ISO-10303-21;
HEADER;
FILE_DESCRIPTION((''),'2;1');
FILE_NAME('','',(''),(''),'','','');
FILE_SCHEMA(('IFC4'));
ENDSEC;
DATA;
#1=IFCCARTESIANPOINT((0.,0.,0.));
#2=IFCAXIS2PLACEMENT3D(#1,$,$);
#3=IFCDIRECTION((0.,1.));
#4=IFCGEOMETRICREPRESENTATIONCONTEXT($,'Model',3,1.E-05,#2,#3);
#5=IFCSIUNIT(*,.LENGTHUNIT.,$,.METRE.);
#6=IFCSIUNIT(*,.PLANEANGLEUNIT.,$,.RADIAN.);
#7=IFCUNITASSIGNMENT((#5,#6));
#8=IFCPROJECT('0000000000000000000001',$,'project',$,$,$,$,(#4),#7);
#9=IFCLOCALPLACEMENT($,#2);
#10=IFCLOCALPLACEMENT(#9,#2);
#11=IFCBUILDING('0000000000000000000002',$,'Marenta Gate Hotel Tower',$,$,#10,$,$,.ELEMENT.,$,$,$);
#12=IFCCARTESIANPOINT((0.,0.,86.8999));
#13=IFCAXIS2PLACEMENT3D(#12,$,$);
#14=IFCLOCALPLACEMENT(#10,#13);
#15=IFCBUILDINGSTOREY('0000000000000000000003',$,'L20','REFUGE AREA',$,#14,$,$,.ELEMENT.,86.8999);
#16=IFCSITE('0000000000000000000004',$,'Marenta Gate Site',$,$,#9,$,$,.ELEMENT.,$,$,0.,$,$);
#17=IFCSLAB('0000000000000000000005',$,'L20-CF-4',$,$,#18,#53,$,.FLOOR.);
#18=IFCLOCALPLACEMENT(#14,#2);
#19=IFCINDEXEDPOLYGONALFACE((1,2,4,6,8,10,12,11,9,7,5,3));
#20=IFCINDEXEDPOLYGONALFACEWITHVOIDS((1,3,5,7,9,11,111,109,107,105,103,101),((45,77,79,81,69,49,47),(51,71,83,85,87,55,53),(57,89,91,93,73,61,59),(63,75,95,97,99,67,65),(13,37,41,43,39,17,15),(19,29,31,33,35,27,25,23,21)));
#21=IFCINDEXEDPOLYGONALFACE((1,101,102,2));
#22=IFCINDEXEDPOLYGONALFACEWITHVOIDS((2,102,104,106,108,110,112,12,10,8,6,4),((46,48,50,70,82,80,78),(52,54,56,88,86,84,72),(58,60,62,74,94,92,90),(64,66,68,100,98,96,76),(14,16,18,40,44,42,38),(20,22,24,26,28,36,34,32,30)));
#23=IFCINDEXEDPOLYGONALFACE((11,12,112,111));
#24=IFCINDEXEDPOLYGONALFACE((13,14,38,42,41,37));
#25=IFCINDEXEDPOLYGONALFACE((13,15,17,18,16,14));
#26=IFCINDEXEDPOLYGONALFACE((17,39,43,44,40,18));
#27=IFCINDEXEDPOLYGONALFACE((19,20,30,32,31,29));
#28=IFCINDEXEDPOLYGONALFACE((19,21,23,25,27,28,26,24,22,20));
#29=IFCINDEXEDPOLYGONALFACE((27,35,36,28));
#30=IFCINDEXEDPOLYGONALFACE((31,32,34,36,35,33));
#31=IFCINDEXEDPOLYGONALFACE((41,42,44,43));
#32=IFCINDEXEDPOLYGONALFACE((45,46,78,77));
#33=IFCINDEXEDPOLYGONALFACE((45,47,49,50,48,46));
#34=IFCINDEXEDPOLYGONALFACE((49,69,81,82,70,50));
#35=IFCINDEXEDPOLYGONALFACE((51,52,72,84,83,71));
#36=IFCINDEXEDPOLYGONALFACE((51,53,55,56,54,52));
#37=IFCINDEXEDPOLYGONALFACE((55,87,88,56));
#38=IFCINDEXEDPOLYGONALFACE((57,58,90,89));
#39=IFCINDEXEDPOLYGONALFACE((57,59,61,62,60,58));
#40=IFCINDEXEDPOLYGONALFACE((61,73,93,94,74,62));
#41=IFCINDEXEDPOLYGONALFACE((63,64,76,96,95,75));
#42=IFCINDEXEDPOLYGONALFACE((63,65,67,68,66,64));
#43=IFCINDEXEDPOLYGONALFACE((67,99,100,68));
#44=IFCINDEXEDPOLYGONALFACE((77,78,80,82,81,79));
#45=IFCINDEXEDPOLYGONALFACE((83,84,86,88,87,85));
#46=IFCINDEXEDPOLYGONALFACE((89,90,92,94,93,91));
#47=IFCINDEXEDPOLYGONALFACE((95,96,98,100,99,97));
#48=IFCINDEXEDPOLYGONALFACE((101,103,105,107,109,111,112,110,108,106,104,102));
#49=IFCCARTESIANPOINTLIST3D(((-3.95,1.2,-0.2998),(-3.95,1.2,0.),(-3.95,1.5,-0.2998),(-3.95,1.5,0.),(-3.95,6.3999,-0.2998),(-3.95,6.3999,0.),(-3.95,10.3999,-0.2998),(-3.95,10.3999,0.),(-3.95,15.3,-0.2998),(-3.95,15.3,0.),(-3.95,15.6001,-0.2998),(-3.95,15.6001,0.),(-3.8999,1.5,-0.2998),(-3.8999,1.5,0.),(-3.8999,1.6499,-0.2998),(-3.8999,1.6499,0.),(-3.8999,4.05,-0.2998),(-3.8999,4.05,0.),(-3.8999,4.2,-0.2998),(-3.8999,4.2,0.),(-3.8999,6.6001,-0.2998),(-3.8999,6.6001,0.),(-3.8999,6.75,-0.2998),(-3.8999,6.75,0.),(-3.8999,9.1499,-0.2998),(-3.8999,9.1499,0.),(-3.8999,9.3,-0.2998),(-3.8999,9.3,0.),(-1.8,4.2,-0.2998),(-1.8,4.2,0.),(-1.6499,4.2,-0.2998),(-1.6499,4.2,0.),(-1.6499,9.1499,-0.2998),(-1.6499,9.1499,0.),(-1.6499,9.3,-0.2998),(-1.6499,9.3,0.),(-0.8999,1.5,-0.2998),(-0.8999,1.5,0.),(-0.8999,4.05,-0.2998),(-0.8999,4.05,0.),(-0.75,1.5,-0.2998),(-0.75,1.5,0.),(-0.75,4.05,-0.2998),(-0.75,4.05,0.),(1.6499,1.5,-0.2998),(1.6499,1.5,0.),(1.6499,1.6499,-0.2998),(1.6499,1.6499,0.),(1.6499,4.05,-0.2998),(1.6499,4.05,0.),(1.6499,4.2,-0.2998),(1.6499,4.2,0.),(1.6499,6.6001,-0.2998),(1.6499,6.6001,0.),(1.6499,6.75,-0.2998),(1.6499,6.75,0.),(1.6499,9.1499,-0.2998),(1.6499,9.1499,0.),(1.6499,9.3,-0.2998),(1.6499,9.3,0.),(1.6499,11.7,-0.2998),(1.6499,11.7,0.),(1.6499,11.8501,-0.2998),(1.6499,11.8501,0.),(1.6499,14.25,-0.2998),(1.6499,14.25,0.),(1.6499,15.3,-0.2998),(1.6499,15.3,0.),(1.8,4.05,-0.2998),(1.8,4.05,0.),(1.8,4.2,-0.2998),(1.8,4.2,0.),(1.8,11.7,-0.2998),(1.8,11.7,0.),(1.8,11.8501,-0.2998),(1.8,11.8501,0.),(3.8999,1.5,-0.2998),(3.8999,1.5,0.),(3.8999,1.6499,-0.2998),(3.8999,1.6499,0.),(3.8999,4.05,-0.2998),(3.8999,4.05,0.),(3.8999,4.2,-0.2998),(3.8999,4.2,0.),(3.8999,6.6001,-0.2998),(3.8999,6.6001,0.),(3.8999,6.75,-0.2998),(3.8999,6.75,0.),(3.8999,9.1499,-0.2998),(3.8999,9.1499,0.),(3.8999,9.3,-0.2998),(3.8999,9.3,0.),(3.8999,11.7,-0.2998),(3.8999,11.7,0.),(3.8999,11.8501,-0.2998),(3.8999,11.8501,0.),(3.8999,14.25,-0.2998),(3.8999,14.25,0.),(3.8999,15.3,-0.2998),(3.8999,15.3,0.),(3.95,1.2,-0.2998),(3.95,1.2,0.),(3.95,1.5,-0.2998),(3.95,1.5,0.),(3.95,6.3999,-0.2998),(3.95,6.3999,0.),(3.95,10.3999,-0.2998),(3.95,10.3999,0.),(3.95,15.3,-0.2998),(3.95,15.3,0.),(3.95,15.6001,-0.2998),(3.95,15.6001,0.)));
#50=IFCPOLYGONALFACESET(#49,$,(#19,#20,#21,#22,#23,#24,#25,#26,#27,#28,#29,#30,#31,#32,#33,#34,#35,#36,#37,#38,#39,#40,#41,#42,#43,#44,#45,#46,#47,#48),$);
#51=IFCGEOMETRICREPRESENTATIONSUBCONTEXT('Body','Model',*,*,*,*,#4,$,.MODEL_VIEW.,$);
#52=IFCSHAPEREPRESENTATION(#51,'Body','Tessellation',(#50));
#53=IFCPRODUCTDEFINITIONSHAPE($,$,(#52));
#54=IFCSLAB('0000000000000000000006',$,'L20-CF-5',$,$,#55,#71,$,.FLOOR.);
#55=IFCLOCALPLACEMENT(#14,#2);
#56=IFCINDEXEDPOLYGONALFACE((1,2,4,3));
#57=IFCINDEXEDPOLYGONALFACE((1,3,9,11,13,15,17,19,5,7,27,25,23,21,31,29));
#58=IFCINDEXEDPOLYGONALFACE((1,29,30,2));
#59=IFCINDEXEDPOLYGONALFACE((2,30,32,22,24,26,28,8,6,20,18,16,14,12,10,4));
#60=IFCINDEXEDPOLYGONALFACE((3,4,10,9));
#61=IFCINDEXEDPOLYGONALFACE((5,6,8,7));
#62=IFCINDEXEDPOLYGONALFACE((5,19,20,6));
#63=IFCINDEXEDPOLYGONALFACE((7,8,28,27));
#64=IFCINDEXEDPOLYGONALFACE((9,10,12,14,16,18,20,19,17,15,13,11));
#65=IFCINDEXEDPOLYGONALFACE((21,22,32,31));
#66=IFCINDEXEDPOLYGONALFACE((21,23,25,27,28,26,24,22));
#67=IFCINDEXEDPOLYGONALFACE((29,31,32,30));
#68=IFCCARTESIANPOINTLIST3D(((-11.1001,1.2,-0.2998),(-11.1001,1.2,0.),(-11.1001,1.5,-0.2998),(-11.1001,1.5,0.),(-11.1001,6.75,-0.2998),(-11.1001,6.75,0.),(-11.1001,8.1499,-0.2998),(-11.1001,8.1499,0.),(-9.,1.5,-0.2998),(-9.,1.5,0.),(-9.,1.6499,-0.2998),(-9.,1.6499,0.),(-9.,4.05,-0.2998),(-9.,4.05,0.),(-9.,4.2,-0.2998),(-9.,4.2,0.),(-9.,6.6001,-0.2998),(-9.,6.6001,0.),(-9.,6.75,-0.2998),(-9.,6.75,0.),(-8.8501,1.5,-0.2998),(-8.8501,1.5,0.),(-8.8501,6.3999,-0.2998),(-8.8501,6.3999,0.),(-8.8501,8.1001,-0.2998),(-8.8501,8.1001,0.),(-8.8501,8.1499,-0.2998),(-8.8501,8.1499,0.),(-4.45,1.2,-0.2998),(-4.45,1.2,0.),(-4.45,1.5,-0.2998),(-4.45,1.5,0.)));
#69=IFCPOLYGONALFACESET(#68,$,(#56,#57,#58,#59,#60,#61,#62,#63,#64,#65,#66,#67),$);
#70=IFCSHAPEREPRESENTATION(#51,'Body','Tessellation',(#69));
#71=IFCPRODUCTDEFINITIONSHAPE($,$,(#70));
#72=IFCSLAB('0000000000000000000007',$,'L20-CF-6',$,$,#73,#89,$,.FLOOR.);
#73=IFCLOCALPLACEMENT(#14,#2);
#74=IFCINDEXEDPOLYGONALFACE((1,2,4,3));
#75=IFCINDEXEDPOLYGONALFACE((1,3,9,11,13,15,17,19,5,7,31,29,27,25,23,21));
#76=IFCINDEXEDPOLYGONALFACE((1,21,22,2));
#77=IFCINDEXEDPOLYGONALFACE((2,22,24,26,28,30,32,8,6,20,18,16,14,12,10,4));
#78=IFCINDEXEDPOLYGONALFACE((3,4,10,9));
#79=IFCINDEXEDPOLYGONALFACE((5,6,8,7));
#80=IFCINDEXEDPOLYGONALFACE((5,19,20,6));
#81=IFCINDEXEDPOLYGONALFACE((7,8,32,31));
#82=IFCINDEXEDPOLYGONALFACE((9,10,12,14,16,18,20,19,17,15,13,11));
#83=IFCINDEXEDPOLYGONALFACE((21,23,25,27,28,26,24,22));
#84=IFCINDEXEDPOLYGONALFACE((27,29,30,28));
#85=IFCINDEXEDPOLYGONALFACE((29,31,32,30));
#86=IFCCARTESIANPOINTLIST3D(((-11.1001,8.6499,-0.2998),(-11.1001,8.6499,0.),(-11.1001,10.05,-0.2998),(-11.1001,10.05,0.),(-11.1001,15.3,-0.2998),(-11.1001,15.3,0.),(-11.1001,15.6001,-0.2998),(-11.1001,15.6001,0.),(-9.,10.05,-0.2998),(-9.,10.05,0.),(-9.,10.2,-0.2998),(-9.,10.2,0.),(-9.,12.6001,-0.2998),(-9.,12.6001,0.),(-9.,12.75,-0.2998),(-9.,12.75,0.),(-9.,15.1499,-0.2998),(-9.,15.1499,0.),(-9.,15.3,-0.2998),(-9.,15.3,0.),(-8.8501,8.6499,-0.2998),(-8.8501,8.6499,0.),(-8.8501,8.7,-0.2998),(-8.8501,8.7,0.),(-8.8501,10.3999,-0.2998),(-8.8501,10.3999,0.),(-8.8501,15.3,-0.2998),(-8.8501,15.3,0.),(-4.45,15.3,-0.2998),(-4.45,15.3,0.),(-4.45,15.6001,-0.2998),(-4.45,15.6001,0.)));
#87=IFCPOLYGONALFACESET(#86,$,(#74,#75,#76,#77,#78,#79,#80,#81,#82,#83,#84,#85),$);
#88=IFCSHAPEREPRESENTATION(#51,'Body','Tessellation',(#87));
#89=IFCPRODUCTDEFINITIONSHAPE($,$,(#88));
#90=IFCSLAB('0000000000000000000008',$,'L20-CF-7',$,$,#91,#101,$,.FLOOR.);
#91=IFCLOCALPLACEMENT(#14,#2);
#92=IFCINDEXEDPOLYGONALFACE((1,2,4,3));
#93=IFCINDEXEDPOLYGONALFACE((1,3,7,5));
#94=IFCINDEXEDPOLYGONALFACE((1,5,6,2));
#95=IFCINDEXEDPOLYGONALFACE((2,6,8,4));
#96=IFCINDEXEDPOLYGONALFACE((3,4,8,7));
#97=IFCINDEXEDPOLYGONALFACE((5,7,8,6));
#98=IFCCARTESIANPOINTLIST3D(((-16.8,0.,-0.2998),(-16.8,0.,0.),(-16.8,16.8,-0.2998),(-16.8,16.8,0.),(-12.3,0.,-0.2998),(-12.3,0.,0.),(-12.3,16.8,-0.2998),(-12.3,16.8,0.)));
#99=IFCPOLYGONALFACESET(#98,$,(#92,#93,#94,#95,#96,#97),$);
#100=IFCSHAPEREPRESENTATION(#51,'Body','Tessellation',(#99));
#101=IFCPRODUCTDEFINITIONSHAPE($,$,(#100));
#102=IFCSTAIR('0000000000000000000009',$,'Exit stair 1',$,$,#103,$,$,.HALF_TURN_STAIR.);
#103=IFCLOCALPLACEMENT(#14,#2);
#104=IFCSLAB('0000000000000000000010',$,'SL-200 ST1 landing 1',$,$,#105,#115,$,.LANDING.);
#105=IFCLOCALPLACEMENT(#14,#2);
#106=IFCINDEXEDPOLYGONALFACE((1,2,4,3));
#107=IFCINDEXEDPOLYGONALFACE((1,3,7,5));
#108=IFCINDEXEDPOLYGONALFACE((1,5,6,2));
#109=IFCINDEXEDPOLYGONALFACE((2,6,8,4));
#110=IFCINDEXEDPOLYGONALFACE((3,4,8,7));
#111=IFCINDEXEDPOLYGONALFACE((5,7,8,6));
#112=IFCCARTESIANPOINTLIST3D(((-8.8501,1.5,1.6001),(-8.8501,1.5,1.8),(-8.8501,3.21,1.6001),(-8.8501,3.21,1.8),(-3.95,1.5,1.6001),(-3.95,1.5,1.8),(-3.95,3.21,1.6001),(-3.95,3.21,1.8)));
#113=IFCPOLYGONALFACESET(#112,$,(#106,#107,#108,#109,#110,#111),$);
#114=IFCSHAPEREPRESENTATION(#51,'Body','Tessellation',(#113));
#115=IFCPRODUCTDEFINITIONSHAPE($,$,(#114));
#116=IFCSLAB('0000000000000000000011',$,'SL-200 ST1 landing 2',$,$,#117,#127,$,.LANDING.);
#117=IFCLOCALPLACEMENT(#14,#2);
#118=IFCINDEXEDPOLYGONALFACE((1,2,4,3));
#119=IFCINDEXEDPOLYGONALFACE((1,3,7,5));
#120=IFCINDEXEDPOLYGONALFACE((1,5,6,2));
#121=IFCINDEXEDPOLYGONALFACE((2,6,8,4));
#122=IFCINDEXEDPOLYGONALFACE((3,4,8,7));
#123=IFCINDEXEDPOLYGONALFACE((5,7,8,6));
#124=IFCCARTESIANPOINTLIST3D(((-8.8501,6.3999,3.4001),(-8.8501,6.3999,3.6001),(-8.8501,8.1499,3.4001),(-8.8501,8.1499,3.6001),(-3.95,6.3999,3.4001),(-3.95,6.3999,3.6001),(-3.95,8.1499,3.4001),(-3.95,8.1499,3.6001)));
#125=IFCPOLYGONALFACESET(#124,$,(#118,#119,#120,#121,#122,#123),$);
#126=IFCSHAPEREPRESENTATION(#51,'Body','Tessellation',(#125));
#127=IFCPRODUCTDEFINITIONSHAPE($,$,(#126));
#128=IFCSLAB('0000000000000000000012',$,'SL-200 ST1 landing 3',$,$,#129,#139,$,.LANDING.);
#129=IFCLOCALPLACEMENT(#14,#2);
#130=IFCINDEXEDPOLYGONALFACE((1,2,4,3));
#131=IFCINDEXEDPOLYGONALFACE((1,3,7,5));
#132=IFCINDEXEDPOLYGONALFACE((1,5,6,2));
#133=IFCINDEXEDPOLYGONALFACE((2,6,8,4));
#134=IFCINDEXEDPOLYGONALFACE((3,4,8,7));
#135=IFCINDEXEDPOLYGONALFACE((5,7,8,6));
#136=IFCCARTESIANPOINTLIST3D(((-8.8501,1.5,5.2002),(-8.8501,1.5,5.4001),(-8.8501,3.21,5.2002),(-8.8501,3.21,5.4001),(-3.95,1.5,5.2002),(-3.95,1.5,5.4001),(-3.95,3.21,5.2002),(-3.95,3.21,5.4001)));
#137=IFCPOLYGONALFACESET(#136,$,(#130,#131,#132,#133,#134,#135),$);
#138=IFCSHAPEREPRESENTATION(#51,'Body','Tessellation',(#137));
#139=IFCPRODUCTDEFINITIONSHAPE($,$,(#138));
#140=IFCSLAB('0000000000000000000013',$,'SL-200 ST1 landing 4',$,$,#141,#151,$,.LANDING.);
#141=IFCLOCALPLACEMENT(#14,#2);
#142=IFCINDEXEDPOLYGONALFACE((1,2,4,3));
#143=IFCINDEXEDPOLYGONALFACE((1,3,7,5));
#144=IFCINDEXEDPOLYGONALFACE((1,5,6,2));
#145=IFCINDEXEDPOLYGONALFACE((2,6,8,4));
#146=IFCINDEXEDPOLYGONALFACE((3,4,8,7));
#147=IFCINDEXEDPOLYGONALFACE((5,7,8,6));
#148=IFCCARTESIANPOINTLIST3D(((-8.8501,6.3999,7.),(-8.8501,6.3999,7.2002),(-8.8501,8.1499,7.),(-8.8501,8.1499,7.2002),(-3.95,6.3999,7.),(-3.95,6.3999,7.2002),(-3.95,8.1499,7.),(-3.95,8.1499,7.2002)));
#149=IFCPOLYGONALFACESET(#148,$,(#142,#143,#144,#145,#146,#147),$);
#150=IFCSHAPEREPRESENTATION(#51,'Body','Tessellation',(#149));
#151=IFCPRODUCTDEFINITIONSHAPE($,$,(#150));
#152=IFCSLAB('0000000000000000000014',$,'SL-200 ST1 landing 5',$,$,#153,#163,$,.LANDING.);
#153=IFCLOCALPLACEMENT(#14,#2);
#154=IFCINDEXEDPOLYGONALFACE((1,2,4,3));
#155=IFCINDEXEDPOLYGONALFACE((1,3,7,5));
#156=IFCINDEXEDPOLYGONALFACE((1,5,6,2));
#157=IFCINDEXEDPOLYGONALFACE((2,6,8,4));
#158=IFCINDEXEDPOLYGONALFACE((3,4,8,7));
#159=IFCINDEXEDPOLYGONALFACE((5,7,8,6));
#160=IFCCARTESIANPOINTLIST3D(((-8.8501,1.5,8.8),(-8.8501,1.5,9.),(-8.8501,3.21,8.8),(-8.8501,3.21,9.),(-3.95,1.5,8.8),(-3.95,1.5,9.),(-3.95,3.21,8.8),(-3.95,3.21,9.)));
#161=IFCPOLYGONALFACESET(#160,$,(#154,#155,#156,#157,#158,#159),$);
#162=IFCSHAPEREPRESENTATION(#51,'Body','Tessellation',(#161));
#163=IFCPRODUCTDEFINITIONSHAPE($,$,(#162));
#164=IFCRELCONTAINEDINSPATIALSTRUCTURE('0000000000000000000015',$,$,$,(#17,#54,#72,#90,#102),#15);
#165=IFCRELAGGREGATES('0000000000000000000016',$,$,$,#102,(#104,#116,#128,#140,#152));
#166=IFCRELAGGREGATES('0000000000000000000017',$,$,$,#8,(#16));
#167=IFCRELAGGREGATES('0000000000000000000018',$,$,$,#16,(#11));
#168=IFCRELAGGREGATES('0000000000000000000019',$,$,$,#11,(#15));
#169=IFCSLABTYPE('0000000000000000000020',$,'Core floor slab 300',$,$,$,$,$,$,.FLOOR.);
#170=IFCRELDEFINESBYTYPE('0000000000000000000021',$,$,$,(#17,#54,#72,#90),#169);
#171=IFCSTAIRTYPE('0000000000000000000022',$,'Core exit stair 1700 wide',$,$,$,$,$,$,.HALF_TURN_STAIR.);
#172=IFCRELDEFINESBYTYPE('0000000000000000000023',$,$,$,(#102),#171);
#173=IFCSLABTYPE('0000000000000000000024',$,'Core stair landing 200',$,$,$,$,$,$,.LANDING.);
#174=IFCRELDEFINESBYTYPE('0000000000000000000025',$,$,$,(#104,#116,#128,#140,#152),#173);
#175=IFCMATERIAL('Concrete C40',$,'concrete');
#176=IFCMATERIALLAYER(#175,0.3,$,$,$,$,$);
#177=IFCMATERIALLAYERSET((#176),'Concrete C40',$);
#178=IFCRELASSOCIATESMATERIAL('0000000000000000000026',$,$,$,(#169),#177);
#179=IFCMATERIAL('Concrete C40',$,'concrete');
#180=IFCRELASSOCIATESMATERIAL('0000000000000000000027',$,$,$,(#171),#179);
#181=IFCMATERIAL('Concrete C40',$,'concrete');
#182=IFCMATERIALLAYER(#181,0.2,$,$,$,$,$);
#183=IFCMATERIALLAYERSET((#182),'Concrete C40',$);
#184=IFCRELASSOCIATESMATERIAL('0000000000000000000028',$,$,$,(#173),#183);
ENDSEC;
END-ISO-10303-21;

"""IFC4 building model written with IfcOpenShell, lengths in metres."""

from ifc_helpers import new_model, si_unit, direction, frame, origin, place, context, subcontext, project, spatial, polyline, outline, extrude, material, layer, layer_set, type_object, element, aggregate, save


model = new_model("IFC4")

# Units and contexts
model_context = context("Model", 3, precision=1e-05, world=origin(), true_north=direction((0.0, 1.0)))
body_context = subcontext(model_context, "Body", "Model", "MODEL_VIEW")
ifc_project = project(units=[si_unit("LENGTHUNIT", "METRE"), si_unit("PLANEANGLEUNIT", "RADIAN")], contexts=[model_context])

# Site, building, storey
site_placement = place(None, origin())
site = spatial("IfcSite", under=ifc_project, at=site_placement, Name="Marenta Gate Site", CompositionType="ELEMENT", RefElevation=0.0)
building_placement = place(site_placement, origin())
building = spatial("IfcBuilding", under=site, at=building_placement, Name="Marenta Gate Hotel Tower", CompositionType="ELEMENT")
storey_placement = place(building_placement, frame((0.0, 0.0, 86.8999)))
storey = spatial("IfcBuildingStorey", under=building, at=storey_placement, Name="L20", Description="REFUGE AREA", CompositionType="ELEMENT", Elevation=86.8999)

# Slabs
ifc_material_1 = material(Name="Concrete C40", Category="concrete")
ifc_layer_1 = layer(ifc_material_1, 0.3)
ifc_layer_set_1 = layer_set([ifc_layer_1], Name="Concrete C40")
slab_type_1 = type_object("IfcSlabType", Name="Core floor slab 300", PredefinedType="FLOOR", material=ifc_layer_set_1)
slab_1_placement = place(storey_placement, frame((0.0, 0.0, -0.2998)))
element("IfcSlab", 1, at=slab_1_placement, inside=storey, type_object=slab_type_1, Name="L20-CF-4", PredefinedType="FLOOR", context=body_context, shape_type="SweptSolid", body=[
    extrude(outline(polyline([(3.95, 15.3), (3.95, 10.3999), (3.95, 6.3999), (3.95, 1.5), (3.95, 1.2), (-3.95, 1.2), (-3.95, 1.5), (-3.95, 6.3999), (-3.95, 10.3999), (-3.95, 15.3), (-3.95, 15.6001), (3.95, 15.6001), (3.95, 15.3)]), holes=[polyline([(1.6499, 4.05), (1.6499, 1.6499), (1.6499, 1.5), (3.8999, 1.5), (3.8999, 1.6499), (3.8999, 4.05), (1.8, 4.05), (1.6499, 4.05)]), polyline([(1.6499, 11.7), (1.6499, 9.3), (1.6499, 9.1499), (3.8999, 9.1499), (3.8999, 9.3), (3.8999, 11.7), (1.8, 11.7), (1.6499, 11.7)]), polyline([(1.8, 4.2), (3.8999, 4.2), (3.8999, 6.6001), (3.8999, 6.75), (1.6499, 6.75), (1.6499, 6.6001), (1.6499, 4.2), (1.8, 4.2)]), polyline([(1.8, 11.8501), (3.8999, 11.8501), (3.8999, 14.25), (3.8999, 15.3), (1.6499, 15.3), (1.6499, 14.25), (1.6499, 11.8501), (1.8, 11.8501)]), polyline([(-3.8999, 4.05), (-3.8999, 1.6499), (-3.8999, 1.5), (-0.8999, 1.5), (-0.75, 1.5), (-0.75, 4.05), (-0.8999, 4.05), (-3.8999, 4.05)]), polyline([(-1.8, 4.2), (-1.6499, 4.2), (-1.6499, 9.1499), (-1.6499, 9.3), (-3.8999, 9.3), (-3.8999, 9.1499), (-3.8999, 6.75), (-3.8999, 6.6001), (-3.8999, 4.2), (-1.8, 4.2)])]), origin(), (0.0, 0.0, 1.0), 0.2998),
])
slab_2_placement = place(storey_placement, frame((0.0, 0.0, -0.2998)))
element("IfcSlab", 2, at=slab_2_placement, inside=storey, type_object=slab_type_1, Name="L20-CF-5", PredefinedType="FLOOR", context=body_context, shape_type="SweptSolid", body=[
    extrude(outline(polyline([(-9.0, 1.5), (-9.0, 1.6499), (-9.0, 4.05), (-9.0, 4.2), (-9.0, 6.6001), (-9.0, 6.75), (-11.1001, 6.75), (-11.1001, 8.1499), (-8.8501, 8.1499), (-8.8501, 8.1001), (-8.8501, 6.3999), (-8.8501, 1.5), (-4.45, 1.5), (-4.45, 1.2), (-11.1001, 1.2), (-11.1001, 1.5), (-9.0, 1.5)])), origin(), (0.0, 0.0, 1.0), 0.2998),
])
slab_3_placement = place(storey_placement, frame((0.0, 0.0, -0.2998)))
element("IfcSlab", 3, at=slab_3_placement, inside=storey, type_object=slab_type_1, Name="L20-CF-6", PredefinedType="FLOOR", context=body_context, shape_type="SweptSolid", body=[
    extrude(outline(polyline([(-4.45, 15.3), (-8.8501, 15.3), (-8.8501, 10.3999), (-8.8501, 8.7), (-8.8501, 8.6499), (-11.1001, 8.6499), (-11.1001, 10.05), (-9.0, 10.05), (-9.0, 10.2), (-9.0, 12.6001), (-9.0, 12.75), (-9.0, 15.1499), (-9.0, 15.3), (-11.1001, 15.3), (-11.1001, 15.6001), (-4.45, 15.6001), (-4.45, 15.3)])), origin(), (0.0, 0.0, 1.0), 0.2998),
])
slab_4_placement = place(storey_placement, frame((0.0, 0.0, -0.2998)))
element("IfcSlab", 4, at=slab_4_placement, inside=storey, type_object=slab_type_1, Name="L20-CF-7", PredefinedType="FLOOR", context=body_context, shape_type="SweptSolid", body=[
    extrude(outline(polyline([(-12.3, 16.8), (-12.3, 0.0), (-16.8, 0.0), (-16.8, 16.8), (-12.3, 16.8)])), origin(), (0.0, 0.0, 1.0), 0.2998),
])

# Stair, slabs
ifc_material_2 = material(Name="Concrete C40", Category="concrete")
stair_type = type_object("IfcStairType", Name="Core exit stair 1700 wide", PredefinedType="HALF_TURN_STAIR", material=ifc_material_2)
stair_1_placement = place(storey_placement, origin())
stair_1 = element("IfcStair", 5, at=stair_1_placement, inside=storey, type_object=stair_type, Name="Exit stair 1", PredefinedType="HALF_TURN_STAIR")
ifc_material_3 = material(Name="Concrete C40", Category="concrete")
ifc_layer_2 = layer(ifc_material_3, 0.2)
ifc_layer_set_2 = layer_set([ifc_layer_2], Name="Concrete C40")
slab_type_2 = type_object("IfcSlabType", Name="Core stair landing 200", PredefinedType="LANDING", material=ifc_layer_set_2)
slab_5_placement = place(storey_placement, frame((0.0, 0.0, 1.6001)))
slab_5 = element("IfcSlab", 6, at=slab_5_placement, type_object=slab_type_2, Name="SL-200 ST1 landing 1", PredefinedType="LANDING", context=body_context, shape_type="SweptSolid", body=[
    extrude(outline(polyline([(-8.8501, 1.5), (-3.95, 1.5), (-3.95, 3.21), (-8.8501, 3.21), (-8.8501, 1.5)])), origin(), (0.0, 0.0, 1.0), 0.2),
])
slab_6_placement = place(storey_placement, frame((0.0, 0.0, 3.4001)))
slab_6 = element("IfcSlab", 7, at=slab_6_placement, type_object=slab_type_2, Name="SL-200 ST1 landing 2", PredefinedType="LANDING", context=body_context, shape_type="SweptSolid", body=[
    extrude(outline(polyline([(-8.8501, 6.3999), (-3.95, 6.3999), (-3.95, 8.1499), (-8.8501, 8.1499), (-8.8501, 6.3999)])), origin(), (0.0, 0.0, 1.0), 0.2),
])
slab_7_placement = place(storey_placement, frame((0.0, 0.0, 5.2002)))
slab_7 = element("IfcSlab", 8, at=slab_7_placement, type_object=slab_type_2, Name="SL-200 ST1 landing 3", PredefinedType="LANDING", context=body_context, shape_type="SweptSolid", body=[
    extrude(outline(polyline([(-8.8501, 1.5), (-3.95, 1.5), (-3.95, 3.21), (-8.8501, 3.21), (-8.8501, 1.5)])), origin(), (0.0, 0.0, 1.0), 0.2),
])
slab_8_placement = place(storey_placement, frame((0.0, 0.0, 7.0)))
slab_8 = element("IfcSlab", 9, at=slab_8_placement, type_object=slab_type_2, Name="SL-200 ST1 landing 4", PredefinedType="LANDING", context=body_context, shape_type="SweptSolid", body=[
    extrude(outline(polyline([(-8.8501, 6.3999), (-3.95, 6.3999), (-3.95, 8.1499), (-8.8501, 8.1499), (-8.8501, 6.3999)])), origin(), (0.0, 0.0, 1.0), 0.2002),
])
slab_9_placement = place(storey_placement, frame((0.0, 0.0, 8.8)))
slab_9 = element("IfcSlab", 10, at=slab_9_placement, type_object=slab_type_2, Name="SL-200 ST1 landing 5", PredefinedType="LANDING", context=body_context, shape_type="SweptSolid", body=[
    extrude(outline(polyline([(-8.8501, 1.5), (-3.95, 1.5), (-3.95, 3.21), (-8.8501, 3.21), (-8.8501, 1.5)])), origin(), (0.0, 0.0, 1.0), 0.2),
])
aggregate(stair_1, [slab_5, slab_6, slab_7, slab_8, slab_9])

save(model, "model.ifc")
